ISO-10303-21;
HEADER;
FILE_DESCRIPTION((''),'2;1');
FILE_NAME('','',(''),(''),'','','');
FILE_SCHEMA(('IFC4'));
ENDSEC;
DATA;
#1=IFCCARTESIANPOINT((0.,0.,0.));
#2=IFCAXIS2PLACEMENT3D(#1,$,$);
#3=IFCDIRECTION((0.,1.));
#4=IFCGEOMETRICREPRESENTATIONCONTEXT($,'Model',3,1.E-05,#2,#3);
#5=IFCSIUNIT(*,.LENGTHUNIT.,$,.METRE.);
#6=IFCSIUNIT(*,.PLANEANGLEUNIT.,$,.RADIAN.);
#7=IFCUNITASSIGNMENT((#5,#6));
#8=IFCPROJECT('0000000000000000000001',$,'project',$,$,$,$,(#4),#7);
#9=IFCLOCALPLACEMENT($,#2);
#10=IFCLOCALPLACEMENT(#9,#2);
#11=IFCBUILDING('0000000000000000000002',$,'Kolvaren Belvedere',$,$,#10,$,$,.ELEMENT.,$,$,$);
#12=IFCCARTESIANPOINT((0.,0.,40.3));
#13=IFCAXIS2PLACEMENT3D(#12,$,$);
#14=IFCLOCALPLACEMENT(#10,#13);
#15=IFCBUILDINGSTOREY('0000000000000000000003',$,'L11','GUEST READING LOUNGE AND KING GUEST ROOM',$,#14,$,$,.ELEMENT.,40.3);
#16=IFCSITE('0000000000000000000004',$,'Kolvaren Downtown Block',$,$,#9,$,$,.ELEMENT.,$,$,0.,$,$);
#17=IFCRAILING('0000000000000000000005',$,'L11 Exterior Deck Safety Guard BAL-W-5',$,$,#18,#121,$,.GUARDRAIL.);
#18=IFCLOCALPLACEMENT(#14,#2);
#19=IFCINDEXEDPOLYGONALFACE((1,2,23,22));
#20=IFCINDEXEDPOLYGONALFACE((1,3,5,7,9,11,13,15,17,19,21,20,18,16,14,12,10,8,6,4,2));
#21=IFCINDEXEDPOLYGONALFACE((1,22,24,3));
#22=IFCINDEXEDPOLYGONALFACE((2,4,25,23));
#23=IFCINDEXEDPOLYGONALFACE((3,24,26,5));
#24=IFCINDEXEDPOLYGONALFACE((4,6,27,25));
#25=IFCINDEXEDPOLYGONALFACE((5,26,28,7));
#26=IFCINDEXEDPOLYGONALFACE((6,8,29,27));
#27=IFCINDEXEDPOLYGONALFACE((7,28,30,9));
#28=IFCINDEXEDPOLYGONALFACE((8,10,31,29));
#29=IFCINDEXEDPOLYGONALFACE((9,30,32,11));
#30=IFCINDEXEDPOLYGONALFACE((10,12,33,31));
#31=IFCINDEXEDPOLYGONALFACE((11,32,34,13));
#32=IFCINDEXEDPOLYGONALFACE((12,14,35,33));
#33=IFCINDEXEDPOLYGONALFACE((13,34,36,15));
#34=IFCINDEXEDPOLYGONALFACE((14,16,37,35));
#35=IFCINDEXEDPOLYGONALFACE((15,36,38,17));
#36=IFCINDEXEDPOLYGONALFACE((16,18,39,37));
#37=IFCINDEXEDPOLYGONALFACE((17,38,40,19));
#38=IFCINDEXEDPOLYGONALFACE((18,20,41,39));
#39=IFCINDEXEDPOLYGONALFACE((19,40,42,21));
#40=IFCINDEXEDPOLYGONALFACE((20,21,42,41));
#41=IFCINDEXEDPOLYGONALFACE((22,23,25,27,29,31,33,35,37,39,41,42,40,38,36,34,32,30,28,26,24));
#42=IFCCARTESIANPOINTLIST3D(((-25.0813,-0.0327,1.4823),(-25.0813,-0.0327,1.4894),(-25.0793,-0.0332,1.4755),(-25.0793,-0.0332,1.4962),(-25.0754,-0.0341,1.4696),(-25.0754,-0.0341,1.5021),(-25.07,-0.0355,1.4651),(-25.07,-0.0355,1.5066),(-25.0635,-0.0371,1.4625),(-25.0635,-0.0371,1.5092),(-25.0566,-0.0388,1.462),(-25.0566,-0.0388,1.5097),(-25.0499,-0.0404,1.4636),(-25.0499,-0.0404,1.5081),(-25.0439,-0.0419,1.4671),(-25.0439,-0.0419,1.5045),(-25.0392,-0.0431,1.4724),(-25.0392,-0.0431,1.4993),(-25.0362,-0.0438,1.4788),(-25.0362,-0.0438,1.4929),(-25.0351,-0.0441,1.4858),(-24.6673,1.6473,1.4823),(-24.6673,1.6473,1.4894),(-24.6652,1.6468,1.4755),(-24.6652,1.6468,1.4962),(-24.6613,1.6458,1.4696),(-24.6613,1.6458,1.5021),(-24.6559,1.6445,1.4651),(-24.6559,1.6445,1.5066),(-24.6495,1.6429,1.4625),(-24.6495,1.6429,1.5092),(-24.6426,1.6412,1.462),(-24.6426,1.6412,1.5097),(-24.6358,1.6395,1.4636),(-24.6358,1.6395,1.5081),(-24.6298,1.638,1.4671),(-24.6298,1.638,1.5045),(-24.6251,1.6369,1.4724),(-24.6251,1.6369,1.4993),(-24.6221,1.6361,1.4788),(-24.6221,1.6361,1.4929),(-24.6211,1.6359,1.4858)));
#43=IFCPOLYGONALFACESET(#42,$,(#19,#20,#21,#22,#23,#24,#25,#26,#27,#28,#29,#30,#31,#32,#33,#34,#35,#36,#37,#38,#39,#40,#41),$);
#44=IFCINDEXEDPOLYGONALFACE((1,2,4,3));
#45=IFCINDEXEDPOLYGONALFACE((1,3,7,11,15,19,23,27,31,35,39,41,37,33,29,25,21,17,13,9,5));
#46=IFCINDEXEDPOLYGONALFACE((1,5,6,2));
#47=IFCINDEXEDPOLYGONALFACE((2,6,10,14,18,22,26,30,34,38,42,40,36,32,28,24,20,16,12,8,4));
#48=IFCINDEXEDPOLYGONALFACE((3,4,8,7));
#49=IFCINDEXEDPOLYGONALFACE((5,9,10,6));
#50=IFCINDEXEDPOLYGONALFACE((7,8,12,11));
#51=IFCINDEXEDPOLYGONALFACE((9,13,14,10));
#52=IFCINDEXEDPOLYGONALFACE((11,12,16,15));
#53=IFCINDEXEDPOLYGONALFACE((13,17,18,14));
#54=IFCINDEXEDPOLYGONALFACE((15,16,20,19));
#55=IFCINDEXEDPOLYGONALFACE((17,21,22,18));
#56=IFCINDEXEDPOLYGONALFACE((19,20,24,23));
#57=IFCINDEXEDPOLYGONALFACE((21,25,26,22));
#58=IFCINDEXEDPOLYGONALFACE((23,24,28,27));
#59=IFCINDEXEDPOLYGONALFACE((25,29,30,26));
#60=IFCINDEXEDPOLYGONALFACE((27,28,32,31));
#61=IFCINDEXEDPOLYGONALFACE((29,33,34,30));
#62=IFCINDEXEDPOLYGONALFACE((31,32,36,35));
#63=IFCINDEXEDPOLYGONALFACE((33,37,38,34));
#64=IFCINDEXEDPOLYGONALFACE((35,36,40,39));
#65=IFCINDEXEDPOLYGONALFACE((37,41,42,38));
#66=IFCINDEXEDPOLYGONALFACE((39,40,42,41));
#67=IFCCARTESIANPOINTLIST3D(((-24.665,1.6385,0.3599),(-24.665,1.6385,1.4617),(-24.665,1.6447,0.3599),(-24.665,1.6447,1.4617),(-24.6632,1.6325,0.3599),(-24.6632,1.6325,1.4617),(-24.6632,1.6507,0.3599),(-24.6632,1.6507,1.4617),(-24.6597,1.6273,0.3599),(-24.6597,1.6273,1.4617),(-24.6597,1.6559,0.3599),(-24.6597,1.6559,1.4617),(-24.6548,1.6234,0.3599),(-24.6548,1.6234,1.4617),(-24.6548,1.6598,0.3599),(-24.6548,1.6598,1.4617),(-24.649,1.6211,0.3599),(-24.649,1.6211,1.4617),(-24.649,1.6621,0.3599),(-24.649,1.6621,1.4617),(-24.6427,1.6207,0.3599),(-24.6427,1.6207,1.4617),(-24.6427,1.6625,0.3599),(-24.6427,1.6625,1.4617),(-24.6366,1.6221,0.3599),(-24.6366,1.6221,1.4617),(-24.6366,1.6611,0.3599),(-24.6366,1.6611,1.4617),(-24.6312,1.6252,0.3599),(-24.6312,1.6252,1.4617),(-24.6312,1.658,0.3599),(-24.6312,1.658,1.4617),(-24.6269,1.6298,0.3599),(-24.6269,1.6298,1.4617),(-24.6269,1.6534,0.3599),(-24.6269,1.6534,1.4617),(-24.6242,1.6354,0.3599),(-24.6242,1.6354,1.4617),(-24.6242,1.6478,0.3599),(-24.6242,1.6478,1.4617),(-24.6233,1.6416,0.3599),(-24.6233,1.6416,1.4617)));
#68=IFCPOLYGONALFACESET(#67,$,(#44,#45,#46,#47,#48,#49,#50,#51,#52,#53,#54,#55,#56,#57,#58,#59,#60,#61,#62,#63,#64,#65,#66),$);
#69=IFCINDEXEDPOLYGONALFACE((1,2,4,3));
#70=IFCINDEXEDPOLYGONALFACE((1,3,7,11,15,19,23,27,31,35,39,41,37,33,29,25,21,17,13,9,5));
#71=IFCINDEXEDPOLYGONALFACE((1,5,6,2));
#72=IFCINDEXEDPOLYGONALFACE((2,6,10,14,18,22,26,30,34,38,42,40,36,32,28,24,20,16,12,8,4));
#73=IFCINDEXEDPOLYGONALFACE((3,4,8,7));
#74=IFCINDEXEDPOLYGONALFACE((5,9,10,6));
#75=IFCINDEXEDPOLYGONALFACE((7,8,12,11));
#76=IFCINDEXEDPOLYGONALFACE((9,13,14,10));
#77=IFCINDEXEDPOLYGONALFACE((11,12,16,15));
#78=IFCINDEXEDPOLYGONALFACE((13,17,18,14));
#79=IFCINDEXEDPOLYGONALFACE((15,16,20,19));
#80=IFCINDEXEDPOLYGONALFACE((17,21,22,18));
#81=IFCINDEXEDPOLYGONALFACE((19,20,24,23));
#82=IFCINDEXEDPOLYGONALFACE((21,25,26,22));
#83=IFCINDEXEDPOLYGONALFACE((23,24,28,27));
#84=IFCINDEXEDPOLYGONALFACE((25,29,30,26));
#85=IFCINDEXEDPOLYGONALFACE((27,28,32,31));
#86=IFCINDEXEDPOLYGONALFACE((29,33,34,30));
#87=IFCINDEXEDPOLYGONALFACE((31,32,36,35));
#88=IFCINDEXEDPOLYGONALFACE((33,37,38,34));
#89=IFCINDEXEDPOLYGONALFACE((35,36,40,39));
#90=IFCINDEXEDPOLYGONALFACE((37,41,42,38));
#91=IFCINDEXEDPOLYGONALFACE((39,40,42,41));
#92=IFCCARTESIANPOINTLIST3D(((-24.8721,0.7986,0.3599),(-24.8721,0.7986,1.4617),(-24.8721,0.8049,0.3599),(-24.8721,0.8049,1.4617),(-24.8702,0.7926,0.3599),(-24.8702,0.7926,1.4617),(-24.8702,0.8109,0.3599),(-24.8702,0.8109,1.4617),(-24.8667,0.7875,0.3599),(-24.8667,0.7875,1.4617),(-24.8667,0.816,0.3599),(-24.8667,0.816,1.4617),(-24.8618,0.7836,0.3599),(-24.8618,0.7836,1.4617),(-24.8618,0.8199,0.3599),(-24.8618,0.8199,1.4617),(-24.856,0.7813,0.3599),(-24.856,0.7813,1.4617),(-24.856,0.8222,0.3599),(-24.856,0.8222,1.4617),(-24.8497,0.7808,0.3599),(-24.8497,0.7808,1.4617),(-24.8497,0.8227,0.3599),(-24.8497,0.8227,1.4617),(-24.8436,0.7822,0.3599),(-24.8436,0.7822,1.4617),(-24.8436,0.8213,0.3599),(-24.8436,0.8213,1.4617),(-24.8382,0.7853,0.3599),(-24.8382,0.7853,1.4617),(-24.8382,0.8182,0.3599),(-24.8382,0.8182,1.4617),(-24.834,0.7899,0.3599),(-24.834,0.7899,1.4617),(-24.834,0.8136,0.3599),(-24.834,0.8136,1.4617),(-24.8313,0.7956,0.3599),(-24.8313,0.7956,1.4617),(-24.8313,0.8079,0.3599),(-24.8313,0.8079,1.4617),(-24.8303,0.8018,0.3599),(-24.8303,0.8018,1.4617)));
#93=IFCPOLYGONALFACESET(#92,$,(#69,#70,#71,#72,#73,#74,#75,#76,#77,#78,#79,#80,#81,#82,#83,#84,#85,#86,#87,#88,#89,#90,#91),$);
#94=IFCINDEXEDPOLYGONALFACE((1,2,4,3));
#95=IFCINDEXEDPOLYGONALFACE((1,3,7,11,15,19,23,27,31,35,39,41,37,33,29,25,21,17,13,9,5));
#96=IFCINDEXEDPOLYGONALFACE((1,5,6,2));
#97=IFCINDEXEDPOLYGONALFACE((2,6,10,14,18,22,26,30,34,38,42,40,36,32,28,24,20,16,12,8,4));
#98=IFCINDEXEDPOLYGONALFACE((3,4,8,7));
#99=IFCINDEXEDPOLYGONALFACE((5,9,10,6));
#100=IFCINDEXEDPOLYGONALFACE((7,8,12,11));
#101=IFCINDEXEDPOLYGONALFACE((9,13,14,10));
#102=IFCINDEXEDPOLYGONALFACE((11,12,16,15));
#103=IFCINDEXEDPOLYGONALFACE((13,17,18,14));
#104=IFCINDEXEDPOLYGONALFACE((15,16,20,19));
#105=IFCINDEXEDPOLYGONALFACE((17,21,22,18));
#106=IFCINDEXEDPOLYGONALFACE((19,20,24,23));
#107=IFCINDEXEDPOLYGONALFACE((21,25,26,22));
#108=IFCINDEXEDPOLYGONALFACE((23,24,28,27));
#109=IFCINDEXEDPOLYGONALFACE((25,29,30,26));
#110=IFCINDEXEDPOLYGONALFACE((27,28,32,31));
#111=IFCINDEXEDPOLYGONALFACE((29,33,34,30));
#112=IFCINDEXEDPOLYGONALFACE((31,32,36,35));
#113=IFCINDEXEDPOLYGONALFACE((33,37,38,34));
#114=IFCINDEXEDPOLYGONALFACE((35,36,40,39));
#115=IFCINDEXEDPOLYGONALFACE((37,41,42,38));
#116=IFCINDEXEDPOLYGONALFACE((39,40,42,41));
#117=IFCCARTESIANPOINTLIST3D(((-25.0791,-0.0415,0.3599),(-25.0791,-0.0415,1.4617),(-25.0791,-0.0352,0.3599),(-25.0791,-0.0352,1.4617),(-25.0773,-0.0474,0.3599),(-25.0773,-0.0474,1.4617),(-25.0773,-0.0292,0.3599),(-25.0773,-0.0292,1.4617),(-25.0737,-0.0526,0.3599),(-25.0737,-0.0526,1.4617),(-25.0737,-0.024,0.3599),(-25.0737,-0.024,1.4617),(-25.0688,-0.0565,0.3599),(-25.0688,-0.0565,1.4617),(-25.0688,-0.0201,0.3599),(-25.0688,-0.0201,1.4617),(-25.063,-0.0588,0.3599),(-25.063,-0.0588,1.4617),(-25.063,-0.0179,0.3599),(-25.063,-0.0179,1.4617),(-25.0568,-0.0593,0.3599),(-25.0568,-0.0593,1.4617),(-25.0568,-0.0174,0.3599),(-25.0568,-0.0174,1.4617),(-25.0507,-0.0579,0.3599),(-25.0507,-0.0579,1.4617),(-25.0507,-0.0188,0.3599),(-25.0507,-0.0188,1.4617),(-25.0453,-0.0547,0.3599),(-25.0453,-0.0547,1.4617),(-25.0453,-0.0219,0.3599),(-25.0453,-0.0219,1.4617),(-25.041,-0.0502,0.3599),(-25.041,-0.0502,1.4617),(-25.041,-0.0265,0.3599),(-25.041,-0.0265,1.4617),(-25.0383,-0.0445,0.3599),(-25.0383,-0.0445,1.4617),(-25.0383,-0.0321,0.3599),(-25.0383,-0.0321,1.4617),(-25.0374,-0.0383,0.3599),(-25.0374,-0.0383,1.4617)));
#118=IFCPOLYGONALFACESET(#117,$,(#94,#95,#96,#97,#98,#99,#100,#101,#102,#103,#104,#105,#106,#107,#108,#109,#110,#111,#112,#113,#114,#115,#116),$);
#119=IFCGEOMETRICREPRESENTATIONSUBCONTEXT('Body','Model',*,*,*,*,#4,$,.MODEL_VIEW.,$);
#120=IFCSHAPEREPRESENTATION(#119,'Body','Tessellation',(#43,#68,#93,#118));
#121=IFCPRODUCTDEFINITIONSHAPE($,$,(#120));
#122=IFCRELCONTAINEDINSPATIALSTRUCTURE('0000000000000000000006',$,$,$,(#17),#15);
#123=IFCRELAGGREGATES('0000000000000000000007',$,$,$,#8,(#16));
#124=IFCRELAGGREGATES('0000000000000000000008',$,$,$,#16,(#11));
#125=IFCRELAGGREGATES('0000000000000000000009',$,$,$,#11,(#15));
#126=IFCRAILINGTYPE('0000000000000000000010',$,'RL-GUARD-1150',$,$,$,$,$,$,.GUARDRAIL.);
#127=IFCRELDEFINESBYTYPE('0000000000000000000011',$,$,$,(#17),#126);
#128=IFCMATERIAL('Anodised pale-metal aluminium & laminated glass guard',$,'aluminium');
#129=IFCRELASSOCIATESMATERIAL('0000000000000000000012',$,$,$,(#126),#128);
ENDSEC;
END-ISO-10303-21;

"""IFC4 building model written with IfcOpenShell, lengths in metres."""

from ifc_helpers import new_model, si_unit, direction, frame, origin, origin_2d, place, context, subcontext, project, spatial, circle, extrude, material, type_object, element, save


model = new_model("IFC4")

# Units and contexts
model_context = context("Model", 3, precision=1e-05, world=origin(), true_north=direction((0.0, 1.0)))
body_context = subcontext(model_context, "Body", "Model", "MODEL_VIEW")
ifc_project = project(units=[si_unit("LENGTHUNIT", "METRE"), si_unit("PLANEANGLEUNIT", "RADIAN")], contexts=[model_context])

# Site, building, storey
site_placement = place(None, origin())
site = spatial("IfcSite", under=ifc_project, at=site_placement, Name="Kolvaren Downtown Block", CompositionType="ELEMENT", RefElevation=0.0)
building_placement = place(site_placement, origin())
building = spatial("IfcBuilding", under=site, at=building_placement, Name="Kolvaren Belvedere", CompositionType="ELEMENT")
storey_placement = place(building_placement, frame((0.0, 0.0, 40.3)))
storey = spatial("IfcBuildingStorey", under=building, at=storey_placement, Name="L11", Description="GUEST READING LOUNGE AND KING GUEST ROOM", CompositionType="ELEMENT", Elevation=40.3)

# Railing
ifc_material_1 = material(Name="Anodised pale-metal aluminium & laminated glass guard", Category="aluminium")
railing_type = type_object("IfcRailingType", Name="RL-GUARD-1150", PredefinedType="GUARDRAIL", material=ifc_material_1)
railing_1_placement = place(storey_placement, frame((-24.6443, 1.6416, 0.3599)))
element("IfcRailing", 1, at=railing_1_placement, inside=storey, type_object=railing_type, Name="L11 Exterior Deck Safety Guard BAL-W-5", PredefinedType="GUARDRAIL", context=body_context, shape_type="SweptSolid", body=[
    extrude(circle(Radius=0.0239, at=origin_2d()), frame((0.0, 0.0, 1.126), z_axis=(-0.239314, -0.970942, 0.0), x_axis=(0.970942, -0.239314, 0.0)), (0.0, 0.0, 1.0), 1.7302),
    extrude(circle(Radius=0.021, at=origin_2d()), origin(), (0.0, 0.0, 1.0), 1.1018),
    extrude(circle(Radius=0.021, at=origin_2d()), frame((-0.207, -0.8398, 0.0)), (0.0, 0.0, 1.0), 1.1018),
    extrude(circle(Radius=0.021, at=origin_2d()), frame((-0.4141, -1.6799, 0.0)), (0.0, 0.0, 1.0), 1.1018),
])

save(model, "model.ifc")
